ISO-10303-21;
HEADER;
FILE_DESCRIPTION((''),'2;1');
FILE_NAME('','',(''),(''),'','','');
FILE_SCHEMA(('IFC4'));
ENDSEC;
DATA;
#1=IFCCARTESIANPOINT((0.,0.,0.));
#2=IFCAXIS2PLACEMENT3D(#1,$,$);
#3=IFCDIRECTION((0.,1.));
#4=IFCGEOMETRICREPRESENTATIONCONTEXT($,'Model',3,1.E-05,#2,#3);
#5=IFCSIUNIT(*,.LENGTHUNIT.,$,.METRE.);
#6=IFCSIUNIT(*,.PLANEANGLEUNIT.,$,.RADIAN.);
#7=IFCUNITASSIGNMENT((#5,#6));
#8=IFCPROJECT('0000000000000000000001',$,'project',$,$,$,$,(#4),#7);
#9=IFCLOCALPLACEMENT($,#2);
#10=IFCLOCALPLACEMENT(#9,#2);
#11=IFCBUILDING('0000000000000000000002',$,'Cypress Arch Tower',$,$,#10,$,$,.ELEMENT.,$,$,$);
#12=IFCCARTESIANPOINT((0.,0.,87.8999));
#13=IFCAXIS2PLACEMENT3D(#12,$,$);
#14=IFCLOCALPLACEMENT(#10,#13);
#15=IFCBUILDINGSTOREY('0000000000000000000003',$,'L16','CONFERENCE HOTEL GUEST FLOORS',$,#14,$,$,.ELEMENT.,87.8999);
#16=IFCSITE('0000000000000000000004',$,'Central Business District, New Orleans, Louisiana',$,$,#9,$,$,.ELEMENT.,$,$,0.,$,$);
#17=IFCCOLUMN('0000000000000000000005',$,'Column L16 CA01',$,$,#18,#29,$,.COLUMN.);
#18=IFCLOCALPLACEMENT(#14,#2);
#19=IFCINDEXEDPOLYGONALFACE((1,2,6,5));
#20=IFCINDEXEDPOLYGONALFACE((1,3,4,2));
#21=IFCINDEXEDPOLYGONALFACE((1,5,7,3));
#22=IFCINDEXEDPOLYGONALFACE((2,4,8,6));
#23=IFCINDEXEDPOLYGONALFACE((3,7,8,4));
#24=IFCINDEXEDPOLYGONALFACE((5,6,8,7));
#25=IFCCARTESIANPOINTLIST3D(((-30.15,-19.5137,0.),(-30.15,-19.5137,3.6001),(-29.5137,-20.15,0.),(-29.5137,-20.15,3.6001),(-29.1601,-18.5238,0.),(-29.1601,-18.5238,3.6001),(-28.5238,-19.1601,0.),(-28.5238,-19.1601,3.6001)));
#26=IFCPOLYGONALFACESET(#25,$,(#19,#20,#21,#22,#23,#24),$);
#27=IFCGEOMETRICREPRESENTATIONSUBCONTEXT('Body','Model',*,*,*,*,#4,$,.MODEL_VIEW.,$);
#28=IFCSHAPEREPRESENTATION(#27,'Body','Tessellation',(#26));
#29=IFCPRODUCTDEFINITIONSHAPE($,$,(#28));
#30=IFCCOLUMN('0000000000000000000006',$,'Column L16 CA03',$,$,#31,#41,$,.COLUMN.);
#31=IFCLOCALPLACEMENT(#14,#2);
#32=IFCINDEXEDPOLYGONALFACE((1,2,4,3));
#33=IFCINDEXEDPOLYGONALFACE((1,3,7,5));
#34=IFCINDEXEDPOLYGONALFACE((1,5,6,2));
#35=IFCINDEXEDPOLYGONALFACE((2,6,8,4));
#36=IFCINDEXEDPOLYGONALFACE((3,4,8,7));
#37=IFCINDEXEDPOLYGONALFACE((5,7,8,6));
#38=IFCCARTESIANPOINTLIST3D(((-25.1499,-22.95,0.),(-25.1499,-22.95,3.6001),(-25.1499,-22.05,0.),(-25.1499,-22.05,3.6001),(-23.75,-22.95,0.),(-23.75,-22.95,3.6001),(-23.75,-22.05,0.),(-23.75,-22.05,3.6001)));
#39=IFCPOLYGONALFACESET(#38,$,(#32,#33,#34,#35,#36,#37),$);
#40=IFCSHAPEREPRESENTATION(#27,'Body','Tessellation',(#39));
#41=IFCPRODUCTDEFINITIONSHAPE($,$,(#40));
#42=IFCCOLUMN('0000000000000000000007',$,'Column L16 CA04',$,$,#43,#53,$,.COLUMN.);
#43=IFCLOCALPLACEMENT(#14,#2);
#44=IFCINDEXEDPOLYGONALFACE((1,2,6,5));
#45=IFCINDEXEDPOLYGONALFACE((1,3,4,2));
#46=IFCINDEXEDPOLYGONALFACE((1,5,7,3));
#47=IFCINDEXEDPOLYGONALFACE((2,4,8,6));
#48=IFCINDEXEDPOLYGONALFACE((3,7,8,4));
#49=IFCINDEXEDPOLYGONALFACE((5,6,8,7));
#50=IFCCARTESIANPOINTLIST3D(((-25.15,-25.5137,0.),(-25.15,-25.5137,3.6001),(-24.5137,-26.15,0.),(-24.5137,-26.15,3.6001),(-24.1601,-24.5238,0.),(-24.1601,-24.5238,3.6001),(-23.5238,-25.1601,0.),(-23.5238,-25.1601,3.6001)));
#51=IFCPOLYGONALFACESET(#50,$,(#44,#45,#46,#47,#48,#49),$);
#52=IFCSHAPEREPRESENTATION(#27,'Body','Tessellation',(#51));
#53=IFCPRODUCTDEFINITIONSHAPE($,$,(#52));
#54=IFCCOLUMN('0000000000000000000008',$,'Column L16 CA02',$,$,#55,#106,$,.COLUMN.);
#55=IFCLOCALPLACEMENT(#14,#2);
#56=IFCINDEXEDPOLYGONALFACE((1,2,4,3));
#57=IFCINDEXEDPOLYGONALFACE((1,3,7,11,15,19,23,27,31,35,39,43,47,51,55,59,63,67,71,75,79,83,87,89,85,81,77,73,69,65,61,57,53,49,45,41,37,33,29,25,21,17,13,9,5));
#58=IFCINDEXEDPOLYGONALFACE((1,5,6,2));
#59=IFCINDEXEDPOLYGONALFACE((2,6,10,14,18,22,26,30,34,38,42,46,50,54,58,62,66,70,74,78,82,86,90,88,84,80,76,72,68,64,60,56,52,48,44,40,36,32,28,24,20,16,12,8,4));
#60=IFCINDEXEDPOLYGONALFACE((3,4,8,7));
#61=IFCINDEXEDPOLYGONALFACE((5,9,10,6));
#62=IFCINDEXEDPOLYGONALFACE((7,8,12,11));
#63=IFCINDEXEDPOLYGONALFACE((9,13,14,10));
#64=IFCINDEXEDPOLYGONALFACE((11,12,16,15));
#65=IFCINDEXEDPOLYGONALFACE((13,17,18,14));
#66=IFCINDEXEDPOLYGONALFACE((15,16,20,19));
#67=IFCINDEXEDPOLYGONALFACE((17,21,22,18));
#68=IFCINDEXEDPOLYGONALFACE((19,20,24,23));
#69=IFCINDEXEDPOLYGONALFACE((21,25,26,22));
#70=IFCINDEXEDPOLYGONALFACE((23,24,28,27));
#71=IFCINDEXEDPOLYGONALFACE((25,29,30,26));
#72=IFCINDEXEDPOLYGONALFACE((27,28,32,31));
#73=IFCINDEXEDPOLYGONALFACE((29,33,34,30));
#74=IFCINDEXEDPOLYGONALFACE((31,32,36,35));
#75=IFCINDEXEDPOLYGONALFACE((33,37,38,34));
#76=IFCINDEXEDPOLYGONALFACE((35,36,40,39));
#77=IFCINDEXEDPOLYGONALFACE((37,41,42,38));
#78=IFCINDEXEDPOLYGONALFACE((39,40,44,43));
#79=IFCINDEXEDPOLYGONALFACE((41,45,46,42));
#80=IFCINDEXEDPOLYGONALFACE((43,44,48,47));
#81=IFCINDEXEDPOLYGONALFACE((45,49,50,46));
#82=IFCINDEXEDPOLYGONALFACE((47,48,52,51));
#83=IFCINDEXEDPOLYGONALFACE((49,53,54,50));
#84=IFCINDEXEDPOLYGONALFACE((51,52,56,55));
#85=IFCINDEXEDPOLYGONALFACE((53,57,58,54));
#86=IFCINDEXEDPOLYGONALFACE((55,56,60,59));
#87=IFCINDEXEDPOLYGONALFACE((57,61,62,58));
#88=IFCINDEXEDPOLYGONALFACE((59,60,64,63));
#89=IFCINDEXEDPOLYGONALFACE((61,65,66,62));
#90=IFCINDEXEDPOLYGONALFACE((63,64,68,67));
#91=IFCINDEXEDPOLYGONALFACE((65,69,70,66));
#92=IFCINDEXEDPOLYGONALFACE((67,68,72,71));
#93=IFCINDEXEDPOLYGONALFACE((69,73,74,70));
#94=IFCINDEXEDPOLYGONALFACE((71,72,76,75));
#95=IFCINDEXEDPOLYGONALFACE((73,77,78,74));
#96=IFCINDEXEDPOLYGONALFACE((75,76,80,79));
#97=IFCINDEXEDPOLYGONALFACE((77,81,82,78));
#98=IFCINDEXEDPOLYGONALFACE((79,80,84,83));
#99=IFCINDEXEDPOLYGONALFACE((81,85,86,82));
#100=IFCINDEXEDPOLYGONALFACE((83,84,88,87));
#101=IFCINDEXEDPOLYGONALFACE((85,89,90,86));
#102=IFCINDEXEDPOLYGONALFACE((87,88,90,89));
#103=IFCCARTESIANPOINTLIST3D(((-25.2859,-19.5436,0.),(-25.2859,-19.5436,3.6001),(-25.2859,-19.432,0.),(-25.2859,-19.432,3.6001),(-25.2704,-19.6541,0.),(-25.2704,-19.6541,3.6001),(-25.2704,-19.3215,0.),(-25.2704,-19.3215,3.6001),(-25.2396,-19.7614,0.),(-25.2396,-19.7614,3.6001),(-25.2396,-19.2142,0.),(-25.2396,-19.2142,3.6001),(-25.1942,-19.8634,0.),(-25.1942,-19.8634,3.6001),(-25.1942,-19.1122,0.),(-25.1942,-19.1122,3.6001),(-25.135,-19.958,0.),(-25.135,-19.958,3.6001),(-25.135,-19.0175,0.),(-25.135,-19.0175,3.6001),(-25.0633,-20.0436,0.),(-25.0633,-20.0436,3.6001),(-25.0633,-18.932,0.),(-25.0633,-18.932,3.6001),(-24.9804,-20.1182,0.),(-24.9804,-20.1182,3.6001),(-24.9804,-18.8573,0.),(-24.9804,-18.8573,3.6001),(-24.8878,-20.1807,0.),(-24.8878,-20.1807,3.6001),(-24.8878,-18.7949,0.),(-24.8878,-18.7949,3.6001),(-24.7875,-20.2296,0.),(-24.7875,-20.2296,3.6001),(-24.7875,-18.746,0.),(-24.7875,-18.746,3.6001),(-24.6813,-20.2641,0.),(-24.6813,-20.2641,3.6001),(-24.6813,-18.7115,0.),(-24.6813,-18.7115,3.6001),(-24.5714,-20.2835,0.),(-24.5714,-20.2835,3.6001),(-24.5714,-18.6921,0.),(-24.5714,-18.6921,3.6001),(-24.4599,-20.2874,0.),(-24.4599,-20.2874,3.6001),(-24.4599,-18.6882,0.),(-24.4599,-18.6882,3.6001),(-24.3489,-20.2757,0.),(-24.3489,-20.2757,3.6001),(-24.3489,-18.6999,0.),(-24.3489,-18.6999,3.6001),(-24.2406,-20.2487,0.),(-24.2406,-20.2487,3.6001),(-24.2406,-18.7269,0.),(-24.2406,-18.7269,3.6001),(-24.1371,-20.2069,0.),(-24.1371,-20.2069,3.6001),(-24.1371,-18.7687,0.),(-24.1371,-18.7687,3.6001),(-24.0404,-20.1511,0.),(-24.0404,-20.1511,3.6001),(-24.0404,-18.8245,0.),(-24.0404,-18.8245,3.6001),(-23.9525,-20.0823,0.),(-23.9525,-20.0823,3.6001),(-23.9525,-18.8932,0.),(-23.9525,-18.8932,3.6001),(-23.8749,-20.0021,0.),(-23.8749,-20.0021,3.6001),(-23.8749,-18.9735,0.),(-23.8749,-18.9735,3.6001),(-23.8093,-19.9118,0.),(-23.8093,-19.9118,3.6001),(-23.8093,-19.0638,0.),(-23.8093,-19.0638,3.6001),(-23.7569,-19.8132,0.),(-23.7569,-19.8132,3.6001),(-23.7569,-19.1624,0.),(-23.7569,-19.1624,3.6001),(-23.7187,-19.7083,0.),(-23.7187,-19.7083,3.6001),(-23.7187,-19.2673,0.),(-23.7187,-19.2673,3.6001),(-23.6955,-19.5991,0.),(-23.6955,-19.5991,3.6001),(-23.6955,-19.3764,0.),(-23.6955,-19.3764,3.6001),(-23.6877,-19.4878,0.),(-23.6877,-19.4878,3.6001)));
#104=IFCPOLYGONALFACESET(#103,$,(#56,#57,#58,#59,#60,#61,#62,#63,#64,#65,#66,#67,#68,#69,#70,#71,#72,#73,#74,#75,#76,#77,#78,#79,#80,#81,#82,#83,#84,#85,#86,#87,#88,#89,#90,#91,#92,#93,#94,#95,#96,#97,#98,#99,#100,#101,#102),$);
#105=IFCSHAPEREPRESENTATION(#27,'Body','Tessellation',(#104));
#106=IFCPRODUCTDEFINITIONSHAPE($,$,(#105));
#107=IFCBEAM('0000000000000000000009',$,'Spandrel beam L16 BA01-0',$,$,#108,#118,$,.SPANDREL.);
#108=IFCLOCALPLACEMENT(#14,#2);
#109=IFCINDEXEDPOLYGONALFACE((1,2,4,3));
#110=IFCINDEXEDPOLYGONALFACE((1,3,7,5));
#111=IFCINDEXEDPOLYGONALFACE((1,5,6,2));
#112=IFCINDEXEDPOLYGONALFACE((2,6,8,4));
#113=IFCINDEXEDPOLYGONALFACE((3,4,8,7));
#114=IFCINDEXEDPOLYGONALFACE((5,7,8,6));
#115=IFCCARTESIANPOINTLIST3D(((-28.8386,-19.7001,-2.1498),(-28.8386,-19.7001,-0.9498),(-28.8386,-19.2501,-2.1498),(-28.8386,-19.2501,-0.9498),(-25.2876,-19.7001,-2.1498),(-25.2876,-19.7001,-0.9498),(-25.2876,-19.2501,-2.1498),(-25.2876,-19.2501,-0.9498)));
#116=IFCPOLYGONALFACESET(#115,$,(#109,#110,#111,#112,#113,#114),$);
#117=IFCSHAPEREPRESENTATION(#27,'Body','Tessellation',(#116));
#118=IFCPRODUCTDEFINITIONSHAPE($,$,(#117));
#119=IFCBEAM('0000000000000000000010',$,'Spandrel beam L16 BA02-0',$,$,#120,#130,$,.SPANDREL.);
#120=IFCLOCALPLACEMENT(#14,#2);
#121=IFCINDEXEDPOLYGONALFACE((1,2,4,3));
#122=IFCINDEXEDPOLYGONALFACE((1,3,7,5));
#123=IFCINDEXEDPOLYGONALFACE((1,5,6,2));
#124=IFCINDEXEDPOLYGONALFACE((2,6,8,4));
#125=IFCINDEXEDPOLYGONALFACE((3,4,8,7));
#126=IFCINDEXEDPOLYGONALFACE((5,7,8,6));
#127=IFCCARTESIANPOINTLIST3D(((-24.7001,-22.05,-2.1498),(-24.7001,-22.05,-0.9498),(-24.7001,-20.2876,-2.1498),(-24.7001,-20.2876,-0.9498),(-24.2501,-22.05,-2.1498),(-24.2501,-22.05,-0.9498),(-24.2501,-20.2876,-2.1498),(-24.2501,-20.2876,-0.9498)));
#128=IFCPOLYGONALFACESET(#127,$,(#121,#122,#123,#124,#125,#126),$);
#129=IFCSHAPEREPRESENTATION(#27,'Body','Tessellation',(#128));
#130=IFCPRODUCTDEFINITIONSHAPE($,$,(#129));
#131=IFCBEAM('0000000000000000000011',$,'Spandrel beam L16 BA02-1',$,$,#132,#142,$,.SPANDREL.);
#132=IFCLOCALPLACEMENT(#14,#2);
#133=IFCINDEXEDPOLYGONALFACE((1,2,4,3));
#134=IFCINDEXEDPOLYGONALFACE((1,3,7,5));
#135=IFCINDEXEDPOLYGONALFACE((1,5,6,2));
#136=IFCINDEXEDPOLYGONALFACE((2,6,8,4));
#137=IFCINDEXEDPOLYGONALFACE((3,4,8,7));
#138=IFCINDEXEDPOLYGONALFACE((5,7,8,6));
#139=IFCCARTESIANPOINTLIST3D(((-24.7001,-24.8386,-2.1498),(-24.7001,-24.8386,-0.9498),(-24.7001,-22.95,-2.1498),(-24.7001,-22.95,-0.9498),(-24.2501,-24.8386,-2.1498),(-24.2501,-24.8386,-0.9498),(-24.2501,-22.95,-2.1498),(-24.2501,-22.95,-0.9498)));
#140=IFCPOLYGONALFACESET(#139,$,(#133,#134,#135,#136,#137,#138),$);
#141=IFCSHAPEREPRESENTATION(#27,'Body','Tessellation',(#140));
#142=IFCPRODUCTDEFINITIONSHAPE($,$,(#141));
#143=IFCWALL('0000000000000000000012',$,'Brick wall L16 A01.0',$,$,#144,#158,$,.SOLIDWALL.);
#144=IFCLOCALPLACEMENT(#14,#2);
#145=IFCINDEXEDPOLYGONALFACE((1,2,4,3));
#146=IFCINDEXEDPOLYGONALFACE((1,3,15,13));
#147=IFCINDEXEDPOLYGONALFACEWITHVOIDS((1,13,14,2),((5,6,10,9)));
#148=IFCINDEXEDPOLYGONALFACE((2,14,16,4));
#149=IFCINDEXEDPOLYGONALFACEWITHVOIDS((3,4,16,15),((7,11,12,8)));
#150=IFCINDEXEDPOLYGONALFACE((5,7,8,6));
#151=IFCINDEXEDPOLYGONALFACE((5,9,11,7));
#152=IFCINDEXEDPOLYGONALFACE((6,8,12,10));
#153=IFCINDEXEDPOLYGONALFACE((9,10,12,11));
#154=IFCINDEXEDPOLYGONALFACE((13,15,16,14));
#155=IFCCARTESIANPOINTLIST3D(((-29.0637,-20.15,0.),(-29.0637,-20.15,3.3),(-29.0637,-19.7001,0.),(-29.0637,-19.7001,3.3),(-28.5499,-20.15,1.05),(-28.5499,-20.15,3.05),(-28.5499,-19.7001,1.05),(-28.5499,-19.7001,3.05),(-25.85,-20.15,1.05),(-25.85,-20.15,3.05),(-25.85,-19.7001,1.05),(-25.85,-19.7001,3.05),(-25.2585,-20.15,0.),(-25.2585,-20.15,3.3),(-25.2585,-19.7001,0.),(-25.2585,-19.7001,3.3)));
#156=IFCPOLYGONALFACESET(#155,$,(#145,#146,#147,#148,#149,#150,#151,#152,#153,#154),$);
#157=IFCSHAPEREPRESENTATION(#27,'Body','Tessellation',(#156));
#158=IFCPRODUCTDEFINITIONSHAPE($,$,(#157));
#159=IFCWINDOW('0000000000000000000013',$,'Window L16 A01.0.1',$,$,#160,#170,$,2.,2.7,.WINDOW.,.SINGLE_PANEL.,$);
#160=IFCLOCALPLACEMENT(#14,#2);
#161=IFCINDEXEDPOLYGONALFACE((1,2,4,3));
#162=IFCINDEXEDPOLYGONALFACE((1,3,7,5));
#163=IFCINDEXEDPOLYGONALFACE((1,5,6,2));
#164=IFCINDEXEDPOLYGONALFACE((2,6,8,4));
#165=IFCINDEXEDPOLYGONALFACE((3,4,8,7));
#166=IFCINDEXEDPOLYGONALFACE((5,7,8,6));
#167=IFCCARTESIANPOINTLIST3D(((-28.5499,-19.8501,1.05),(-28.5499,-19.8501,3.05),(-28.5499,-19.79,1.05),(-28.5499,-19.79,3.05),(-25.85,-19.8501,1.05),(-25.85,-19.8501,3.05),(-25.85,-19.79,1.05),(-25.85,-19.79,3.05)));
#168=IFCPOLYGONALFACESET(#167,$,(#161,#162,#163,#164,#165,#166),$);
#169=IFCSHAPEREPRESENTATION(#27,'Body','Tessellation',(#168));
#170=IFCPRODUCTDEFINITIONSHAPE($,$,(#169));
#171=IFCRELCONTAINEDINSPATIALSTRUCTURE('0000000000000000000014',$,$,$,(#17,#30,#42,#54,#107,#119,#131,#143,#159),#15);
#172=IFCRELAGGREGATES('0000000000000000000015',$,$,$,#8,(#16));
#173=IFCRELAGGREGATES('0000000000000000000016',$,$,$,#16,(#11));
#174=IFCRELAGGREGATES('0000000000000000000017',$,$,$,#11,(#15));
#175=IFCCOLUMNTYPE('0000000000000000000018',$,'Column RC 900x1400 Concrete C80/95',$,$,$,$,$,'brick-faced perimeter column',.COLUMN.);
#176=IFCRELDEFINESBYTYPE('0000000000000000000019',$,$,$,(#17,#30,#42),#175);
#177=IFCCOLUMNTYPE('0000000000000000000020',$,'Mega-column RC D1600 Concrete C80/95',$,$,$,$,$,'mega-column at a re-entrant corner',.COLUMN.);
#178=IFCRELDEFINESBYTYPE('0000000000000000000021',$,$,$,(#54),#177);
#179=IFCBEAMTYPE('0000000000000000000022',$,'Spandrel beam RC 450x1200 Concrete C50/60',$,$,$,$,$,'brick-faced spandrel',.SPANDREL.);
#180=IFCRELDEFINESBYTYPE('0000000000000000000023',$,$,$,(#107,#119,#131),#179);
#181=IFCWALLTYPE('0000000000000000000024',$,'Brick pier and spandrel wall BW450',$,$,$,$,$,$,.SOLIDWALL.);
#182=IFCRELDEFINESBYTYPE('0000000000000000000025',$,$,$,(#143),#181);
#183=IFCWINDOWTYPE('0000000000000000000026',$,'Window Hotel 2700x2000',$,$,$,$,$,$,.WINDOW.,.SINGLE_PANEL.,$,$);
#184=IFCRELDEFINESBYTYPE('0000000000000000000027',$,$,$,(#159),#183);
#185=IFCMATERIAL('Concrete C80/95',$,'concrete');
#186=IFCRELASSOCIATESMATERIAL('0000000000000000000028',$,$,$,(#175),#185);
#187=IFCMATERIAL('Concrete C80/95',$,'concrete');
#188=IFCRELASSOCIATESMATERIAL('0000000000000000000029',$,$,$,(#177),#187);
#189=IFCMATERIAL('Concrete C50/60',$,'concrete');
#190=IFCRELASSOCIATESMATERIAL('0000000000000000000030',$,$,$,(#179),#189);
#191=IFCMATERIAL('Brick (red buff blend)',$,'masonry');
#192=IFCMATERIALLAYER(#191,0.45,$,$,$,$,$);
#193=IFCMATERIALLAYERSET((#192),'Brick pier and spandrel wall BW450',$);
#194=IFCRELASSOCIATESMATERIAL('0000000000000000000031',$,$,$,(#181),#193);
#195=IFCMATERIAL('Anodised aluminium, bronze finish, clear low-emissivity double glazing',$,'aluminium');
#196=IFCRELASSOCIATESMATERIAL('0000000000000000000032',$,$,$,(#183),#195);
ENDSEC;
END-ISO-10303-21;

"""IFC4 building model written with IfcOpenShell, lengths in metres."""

from ifc_helpers import new_model, si_unit, direction, frame, frame_2d, origin, origin_2d, place, context, subcontext, project, spatial, rectangle, circle, extrude, material, layer, layer_set, material_profile, profile_set, type_object, element, fill, save


model = new_model("IFC4")

# Units and contexts
model_context = context("Model", 3, precision=1e-05, world=origin(), true_north=direction((0.0, 1.0)))
body_context = subcontext(model_context, "Body", "Model", "MODEL_VIEW")
ifc_project = project(units=[si_unit("LENGTHUNIT", "METRE"), si_unit("PLANEANGLEUNIT", "RADIAN")], contexts=[model_context])

# Site, building, storey
site_placement = place(None, origin())
site = spatial("IfcSite", under=ifc_project, at=site_placement, Name="Central Business District, New Orleans, Louisiana", CompositionType="ELEMENT", RefElevation=0.0)
building_placement = place(site_placement, origin())
building = spatial("IfcBuilding", under=site, at=building_placement, Name="Cypress Arch Tower", CompositionType="ELEMENT")
storey_placement = place(building_placement, frame((0.0, 0.0, 87.8999)))
storey = spatial("IfcBuildingStorey", under=building, at=storey_placement, Name="L16", Description="CONFERENCE HOTEL GUEST FLOORS", CompositionType="ELEMENT", Elevation=87.8999)

# Columns
ifc_material_1 = material(Name="Concrete C80/95", Category="concrete")
ifc_material_profile_1 = material_profile(ifc_material_1, rectangle(XDim=0.8999, YDim=1.3999, at=origin_2d()), Name="RC 900x1400")
ifc_profile_set_1 = profile_set([ifc_material_profile_1], Name="Concrete C80/95")
column_type_1 = type_object("IfcColumnType", Name="Column RC 900x1400 Concrete C80/95", ElementType="brick-faced perimeter column", PredefinedType="COLUMN", material=ifc_profile_set_1)
for number, where, z_axis, x_axis, name in (
    (1, (-29.3369, -19.3369, 0.0), (0.0, 0.0, 1.0), (0.707107, -0.707107, 0.0), "Column L16 CA01"),
    (2, (-24.45, -22.5, 0.0), (0.0, 0.0, 1.0), (0.0, -1.0, 0.0), "Column L16 CA03"),
    (3, (-24.3369, -25.3369, 0.0), (0.0, 0.0, 1.0), (0.707107, -0.707107, 0.0), "Column L16 CA04"),
):
    element("IfcColumn", number, at=place(storey_placement, frame(where, z_axis=z_axis, x_axis=x_axis)), inside=storey, type_object=column_type_1, Name=name, PredefinedType="COLUMN", context=body_context, shape_type="SweptSolid", body=[
        extrude(rectangle(XDim=0.8999, YDim=1.3999, at=origin_2d()), origin(), (0.0, 0.0, 1.0), 3.6001),
    ])
ifc_material_2 = material(Name="Concrete C80/95", Category="concrete")
ifc_material_profile_2 = material_profile(ifc_material_2, circle(Radius=0.8, at=origin_2d()), Name="RC D1600")
ifc_profile_set_2 = profile_set([ifc_material_profile_2], Name="Concrete C80/95")
column_type_2 = type_object("IfcColumnType", Name="Mega-column RC D1600 Concrete C80/95", ElementType="mega-column at a re-entrant corner", PredefinedType="COLUMN", material=ifc_profile_set_2)
column_placement = place(storey_placement, frame((-24.4878, -19.4878, 0.0), z_axis=(0.0, 0.0, 1.0), x_axis=(1.0, 0.0, 0.0)))
element("IfcColumn", 4, at=column_placement, inside=storey, type_object=column_type_2, Name="Column L16 CA02", PredefinedType="COLUMN", context=body_context, shape_type="SweptSolid", body=[
    extrude(circle(Radius=0.8, at=origin_2d()), origin(), (0.0, 0.0, 1.0), 3.6001),
])

# Beams
ifc_material_3 = material(Name="Concrete C50/60", Category="concrete")
ifc_material_profile_3 = material_profile(ifc_material_3, rectangle(XDim=0.45, YDim=1.2, at=origin_2d()), Name="RC 450x1200")
ifc_profile_set_3 = profile_set([ifc_material_profile_3], Name="Concrete C50/60")
beam_type = type_object("IfcBeamType", Name="Spandrel beam RC 450x1200 Concrete C50/60", ElementType="brick-faced spandrel", PredefinedType="SPANDREL", material=ifc_profile_set_3)
beam_1_placement = place(storey_placement, frame((-28.8386, -19.4751, -1.5498), z_axis=(1.0, 0.0, 0.0), x_axis=(0.0, 1.0, 0.0)))
element("IfcBeam", 5, at=beam_1_placement, inside=storey, type_object=beam_type, Name="Spandrel beam L16 BA01-0", PredefinedType="SPANDREL", context=body_context, shape_type="SweptSolid", body=[
    extrude(rectangle(XDim=0.45, YDim=1.2, at=origin_2d()), origin(), (0.0, 0.0, 1.0), 3.551),
])
beam_2_placement = place(storey_placement, frame((-24.4751, -20.2876, -1.5498), z_axis=(0.0, -1.0, 0.0), x_axis=(1.0, 0.0, 0.0)))
element("IfcBeam", 6, at=beam_2_placement, inside=storey, type_object=beam_type, Name="Spandrel beam L16 BA02-0", PredefinedType="SPANDREL", context=body_context, shape_type="SweptSolid", body=[
    extrude(rectangle(XDim=0.45, YDim=1.2, at=origin_2d()), origin(), (0.0, 0.0, 1.0), 1.7625),
])
beam_3_placement = place(storey_placement, frame((-24.4751, -22.95, -1.5498), z_axis=(0.0, -1.0, 0.0), x_axis=(1.0, 0.0, 0.0)))
element("IfcBeam", 7, at=beam_3_placement, inside=storey, type_object=beam_type, Name="Spandrel beam L16 BA02-1", PredefinedType="SPANDREL", context=body_context, shape_type="SweptSolid", body=[
    extrude(rectangle(XDim=0.45, YDim=1.2, at=origin_2d()), origin(), (0.0, 0.0, 1.0), 1.8887),
])

# Wall, opening, window
ifc_material_4 = material(Name="Brick (red buff blend)", Category="masonry")
ifc_layer_1 = layer(ifc_material_4, 0.45)
ifc_layer_set_1 = layer_set([ifc_layer_1], Name="Brick pier and spandrel wall BW450")
wall_type_1 = type_object("IfcWallType", Name="Brick pier and spandrel wall BW450", PredefinedType="SOLIDWALL", material=ifc_layer_set_1)
wall_1_placement = place(storey_placement, frame((-29.0637, -19.925, 0.0), z_axis=(0.0, 0.0, 1.0), x_axis=(1.0, 0.0, 0.0)))
wall_1 = element("IfcWall", 8, at=wall_1_placement, inside=storey, type_object=wall_type_1, Name="Brick wall L16 A01.0", PredefinedType="SOLIDWALL", context=body_context, shape_type="SweptSolid", body=[
    extrude(rectangle(XDim=3.8052, YDim=0.45, at=frame_2d((1.9026, 0.0))), origin(), (0.0, 0.0, 1.0), 3.3),
])
opening_1_placement = place(wall_1_placement, frame((0.5137, 0.0, 1.05)))
opening_1 = element("IfcOpeningElement", 9, at=opening_1_placement, cuts=wall_1, PredefinedType="OPENING", context=body_context, shape_type="SweptSolid", body=[
    extrude(rectangle(XDim=2.7, YDim=2.0, at=frame_2d((1.3501, 1.0))), frame((0.0, 0.2349, 0.0), z_axis=(0.0, -1.0, 0.0), x_axis=(1.0, 0.0, 0.0)), (0.0, 0.0, 1.0), 0.47),
])
ifc_material_5 = material(Name="Anodised aluminium, bronze finish, clear low-emissivity double glazing", Category="aluminium")
window_type_1 = type_object("IfcWindowType", Name="Window Hotel 2700x2000", PartitioningType="SINGLE_PANEL", PredefinedType="WINDOW", material=ifc_material_5)
window_1_placement = place(opening_1_placement, origin())
window_1 = element("IfcWindow", 10, at=window_1_placement, inside=storey, type_object=window_type_1, Name="Window L16 A01.0.1", OverallHeight=2.0, OverallWidth=2.7, PartitioningType="SINGLE_PANEL", PredefinedType="WINDOW", context=body_context, shape_type="SweptSolid", body=[
    extrude(rectangle(XDim=2.7, YDim=2.0, at=frame_2d((1.3501, 1.0))), frame((0.0, 0.135, 0.0), z_axis=(0.0, -1.0, 0.0), x_axis=(1.0, 0.0, 0.0)), (0.0, 0.0, 1.0), 0.0601),
])
fill(opening_1, window_1)

save(model, "model.ifc")
